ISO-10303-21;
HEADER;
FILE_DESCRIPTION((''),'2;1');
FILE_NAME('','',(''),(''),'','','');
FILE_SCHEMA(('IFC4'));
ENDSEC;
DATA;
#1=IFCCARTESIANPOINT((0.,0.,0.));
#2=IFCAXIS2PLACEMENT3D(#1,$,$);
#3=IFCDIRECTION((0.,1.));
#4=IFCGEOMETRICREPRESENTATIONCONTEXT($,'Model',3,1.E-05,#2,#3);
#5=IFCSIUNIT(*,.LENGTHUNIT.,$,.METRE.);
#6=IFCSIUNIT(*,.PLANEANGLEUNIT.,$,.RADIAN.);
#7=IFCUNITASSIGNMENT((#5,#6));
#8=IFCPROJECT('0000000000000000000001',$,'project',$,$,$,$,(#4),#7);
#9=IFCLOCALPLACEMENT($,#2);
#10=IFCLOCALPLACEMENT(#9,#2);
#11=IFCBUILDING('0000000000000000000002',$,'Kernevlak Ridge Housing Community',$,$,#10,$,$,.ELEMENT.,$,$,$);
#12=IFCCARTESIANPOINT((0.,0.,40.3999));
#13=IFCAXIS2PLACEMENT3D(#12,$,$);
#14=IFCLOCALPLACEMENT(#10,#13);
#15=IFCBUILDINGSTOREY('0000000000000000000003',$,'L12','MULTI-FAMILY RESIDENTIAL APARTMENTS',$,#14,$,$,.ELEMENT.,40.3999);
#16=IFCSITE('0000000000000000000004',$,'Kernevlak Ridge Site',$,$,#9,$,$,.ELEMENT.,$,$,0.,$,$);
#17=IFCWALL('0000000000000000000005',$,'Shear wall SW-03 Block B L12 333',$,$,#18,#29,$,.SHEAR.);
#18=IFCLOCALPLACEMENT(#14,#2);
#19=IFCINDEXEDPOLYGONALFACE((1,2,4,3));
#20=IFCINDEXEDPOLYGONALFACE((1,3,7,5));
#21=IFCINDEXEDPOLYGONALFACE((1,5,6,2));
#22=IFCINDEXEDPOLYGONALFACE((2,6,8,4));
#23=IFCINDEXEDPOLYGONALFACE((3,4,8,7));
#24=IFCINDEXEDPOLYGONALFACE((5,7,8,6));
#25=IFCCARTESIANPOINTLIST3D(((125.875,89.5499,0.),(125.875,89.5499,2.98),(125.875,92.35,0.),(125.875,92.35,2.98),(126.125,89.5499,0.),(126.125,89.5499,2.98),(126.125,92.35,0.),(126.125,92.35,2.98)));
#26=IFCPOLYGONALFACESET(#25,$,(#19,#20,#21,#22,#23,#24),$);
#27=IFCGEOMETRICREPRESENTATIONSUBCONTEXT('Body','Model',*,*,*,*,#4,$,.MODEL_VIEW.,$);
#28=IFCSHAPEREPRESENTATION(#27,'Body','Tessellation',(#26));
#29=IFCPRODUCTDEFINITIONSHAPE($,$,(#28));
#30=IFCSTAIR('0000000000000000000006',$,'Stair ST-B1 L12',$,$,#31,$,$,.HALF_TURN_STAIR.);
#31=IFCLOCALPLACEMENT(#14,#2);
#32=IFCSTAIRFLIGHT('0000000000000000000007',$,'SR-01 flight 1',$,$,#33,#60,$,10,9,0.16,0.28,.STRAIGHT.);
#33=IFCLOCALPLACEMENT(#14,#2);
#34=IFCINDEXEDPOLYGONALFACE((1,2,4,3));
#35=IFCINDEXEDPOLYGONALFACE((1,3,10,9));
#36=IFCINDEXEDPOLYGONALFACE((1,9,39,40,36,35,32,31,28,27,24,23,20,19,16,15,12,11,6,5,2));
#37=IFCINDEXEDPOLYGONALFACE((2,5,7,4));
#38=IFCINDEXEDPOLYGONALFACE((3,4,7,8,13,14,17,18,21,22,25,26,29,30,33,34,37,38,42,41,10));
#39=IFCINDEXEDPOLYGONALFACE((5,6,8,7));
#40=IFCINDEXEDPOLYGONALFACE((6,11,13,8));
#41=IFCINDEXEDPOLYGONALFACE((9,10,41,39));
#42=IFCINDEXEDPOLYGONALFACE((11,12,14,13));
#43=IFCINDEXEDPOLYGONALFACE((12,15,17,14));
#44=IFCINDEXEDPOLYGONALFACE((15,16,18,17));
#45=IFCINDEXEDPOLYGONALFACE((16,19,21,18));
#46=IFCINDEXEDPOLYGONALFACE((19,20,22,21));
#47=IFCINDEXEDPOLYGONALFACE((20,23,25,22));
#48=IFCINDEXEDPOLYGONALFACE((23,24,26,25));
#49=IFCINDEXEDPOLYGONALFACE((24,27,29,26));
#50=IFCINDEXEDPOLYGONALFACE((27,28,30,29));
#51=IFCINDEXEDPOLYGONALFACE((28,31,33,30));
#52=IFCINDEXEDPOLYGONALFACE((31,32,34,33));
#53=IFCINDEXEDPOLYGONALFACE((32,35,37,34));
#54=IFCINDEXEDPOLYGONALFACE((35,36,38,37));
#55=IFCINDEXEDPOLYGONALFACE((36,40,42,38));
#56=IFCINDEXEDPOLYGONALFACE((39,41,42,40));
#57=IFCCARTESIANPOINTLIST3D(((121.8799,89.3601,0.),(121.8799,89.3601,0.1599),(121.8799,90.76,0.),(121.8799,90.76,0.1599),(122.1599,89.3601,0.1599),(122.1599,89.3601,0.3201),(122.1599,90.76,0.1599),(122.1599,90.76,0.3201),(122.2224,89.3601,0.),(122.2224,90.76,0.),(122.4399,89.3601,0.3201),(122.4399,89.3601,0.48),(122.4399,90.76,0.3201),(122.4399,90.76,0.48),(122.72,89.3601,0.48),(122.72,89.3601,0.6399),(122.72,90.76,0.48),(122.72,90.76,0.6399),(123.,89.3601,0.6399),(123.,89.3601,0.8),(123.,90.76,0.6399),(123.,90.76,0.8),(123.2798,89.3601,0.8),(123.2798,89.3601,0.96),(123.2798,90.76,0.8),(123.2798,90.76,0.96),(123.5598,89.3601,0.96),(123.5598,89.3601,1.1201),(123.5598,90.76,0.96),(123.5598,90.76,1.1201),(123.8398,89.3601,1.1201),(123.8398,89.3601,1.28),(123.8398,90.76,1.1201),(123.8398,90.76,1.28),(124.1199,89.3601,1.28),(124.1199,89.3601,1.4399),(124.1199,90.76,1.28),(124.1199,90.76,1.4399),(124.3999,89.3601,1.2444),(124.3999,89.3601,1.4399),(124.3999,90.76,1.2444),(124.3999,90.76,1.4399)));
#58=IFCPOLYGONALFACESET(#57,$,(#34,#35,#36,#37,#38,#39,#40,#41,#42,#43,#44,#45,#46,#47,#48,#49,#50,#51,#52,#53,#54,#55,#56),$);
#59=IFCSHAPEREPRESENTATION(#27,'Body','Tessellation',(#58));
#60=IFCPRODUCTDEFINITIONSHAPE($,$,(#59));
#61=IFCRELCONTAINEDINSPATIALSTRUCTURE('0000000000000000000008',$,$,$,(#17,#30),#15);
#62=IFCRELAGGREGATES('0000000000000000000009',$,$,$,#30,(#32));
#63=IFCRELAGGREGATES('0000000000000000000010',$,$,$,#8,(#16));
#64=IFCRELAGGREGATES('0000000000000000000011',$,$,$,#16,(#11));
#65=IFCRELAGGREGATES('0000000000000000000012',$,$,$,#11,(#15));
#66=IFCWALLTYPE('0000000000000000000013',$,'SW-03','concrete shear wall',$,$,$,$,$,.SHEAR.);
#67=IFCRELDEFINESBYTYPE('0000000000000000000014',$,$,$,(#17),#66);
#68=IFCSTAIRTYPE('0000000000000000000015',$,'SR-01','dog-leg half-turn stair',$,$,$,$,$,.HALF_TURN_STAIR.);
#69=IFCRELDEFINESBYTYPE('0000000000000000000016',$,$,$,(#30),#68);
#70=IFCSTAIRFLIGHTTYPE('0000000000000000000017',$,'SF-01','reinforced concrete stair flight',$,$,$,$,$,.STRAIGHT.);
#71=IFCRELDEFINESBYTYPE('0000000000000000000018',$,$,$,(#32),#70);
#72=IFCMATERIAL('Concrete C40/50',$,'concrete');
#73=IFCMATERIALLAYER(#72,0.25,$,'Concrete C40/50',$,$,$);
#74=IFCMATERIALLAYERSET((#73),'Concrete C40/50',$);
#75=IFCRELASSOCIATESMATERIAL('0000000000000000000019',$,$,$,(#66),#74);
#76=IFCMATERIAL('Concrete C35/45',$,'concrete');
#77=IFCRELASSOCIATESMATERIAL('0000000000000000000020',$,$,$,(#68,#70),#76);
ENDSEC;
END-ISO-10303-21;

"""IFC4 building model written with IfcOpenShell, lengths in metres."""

from ifc_helpers import new_model, si_unit, direction, frame, frame_2d, origin, place, context, subcontext, project, spatial, polyline, rectangle, outline, extrude, material, layer, layer_set, type_object, element, aggregate, save


model = new_model("IFC4")

# Units and contexts
model_context = context("Model", 3, precision=1e-05, world=origin(), true_north=direction((0.0, 1.0)))
body_context = subcontext(model_context, "Body", "Model", "MODEL_VIEW")
ifc_project = project(units=[si_unit("LENGTHUNIT", "METRE"), si_unit("PLANEANGLEUNIT", "RADIAN")], contexts=[model_context])

# Site, building, storey
site_placement = place(None, origin())
site = spatial("IfcSite", under=ifc_project, at=site_placement, Name="Kernevlak Ridge Site", CompositionType="ELEMENT", RefElevation=0.0)
building_placement = place(site_placement, origin())
building = spatial("IfcBuilding", under=site, at=building_placement, Name="Kernevlak Ridge Housing Community", CompositionType="ELEMENT")
storey_placement = place(building_placement, frame((0.0, 0.0, 40.3999)))
storey = spatial("IfcBuildingStorey", under=building, at=storey_placement, Name="L12", Description="MULTI-FAMILY RESIDENTIAL APARTMENTS", CompositionType="ELEMENT", Elevation=40.3999)

# Shared definitions
ifc_material_1 = material(Name="Concrete C35/45", Category="concrete")

# Wall
ifc_material_2 = material(Name="Concrete C40/50", Category="concrete")
ifc_layer_1 = layer(ifc_material_2, 0.25, Name="Concrete C40/50")
ifc_layer_set_1 = layer_set([ifc_layer_1], Name="Concrete C40/50")
wall_type_1 = type_object("IfcWallType", Name="SW-03", Description="concrete shear wall", PredefinedType="SHEAR", material=ifc_layer_set_1)
wall_1_placement = place(storey_placement, frame((126.0, 89.55, 0.0), z_axis=(0.0, 0.0, 1.0), x_axis=(0.0, 1.0, 0.0)))
element("IfcWall", 1, at=wall_1_placement, inside=storey, type_object=wall_type_1, Name="Shear wall SW-03 Block B L12 333", PredefinedType="SHEAR", context=body_context, shape_type="SweptSolid", body=[
    extrude(rectangle(XDim=2.8, YDim=0.25, at=frame_2d((1.3999, 0.0))), origin(), (0.0, 0.0, 1.0), 2.98),
])

# Stair, stair flight
stair_type = type_object("IfcStairType", Name="SR-01", Description="dog-leg half-turn stair", PredefinedType="HALF_TURN_STAIR", material=ifc_material_1)
stair_placement = place(storey_placement, origin())
stair = element("IfcStair", 2, at=stair_placement, inside=storey, type_object=stair_type, Name="Stair ST-B1 L12", PredefinedType="HALF_TURN_STAIR")
stair_flight_type = type_object("IfcStairFlightType", Name="SF-01", Description="reinforced concrete stair flight", PredefinedType="STRAIGHT", material=ifc_material_1)
stair_flight_placement = place(storey_placement, frame((121.8799, 90.0601, 0.0), z_axis=(0.0, 0.0, 1.0), x_axis=(1.0, 0.0, 0.0)))
stair_flight = element("IfcStairFlight", 3, at=stair_flight_placement, type_object=stair_flight_type, Name="SR-01 flight 1", NumberOfRisers=10, NumberOfTreads=9, PredefinedType="STRAIGHT", RiserHeight=0.16, TreadLength=0.28, context=body_context, shape_type="SweptSolid", body=[
    extrude(outline(polyline([(0.0, 0.0), (0.0, 0.1599), (0.28, 0.1599), (0.28, 0.3201), (0.5601, 0.3201), (0.5601, 0.48), (0.8401, 0.48), (0.8401, 0.6399), (1.1201, 0.6399), (1.1201, 0.8), (1.3999, 0.8), (1.3999, 0.96), (1.6799, 0.96), (1.6799, 1.1201), (1.96, 1.1201), (1.96, 1.28), (2.24, 1.28), (2.24, 1.4399), (2.52, 1.4399), (2.52, 1.6001), (2.52, 1.2444), (0.3425, 0.0), (0.0, 0.0)])), frame((0.0, 0.7, 0.0), z_axis=(0.0, -1.0, 0.0), x_axis=(1.0, 0.0, 0.0)), (0.0, 0.0, 1.0), 1.3999),
])
aggregate(stair, [stair_flight])

save(model, "model.ifc")
